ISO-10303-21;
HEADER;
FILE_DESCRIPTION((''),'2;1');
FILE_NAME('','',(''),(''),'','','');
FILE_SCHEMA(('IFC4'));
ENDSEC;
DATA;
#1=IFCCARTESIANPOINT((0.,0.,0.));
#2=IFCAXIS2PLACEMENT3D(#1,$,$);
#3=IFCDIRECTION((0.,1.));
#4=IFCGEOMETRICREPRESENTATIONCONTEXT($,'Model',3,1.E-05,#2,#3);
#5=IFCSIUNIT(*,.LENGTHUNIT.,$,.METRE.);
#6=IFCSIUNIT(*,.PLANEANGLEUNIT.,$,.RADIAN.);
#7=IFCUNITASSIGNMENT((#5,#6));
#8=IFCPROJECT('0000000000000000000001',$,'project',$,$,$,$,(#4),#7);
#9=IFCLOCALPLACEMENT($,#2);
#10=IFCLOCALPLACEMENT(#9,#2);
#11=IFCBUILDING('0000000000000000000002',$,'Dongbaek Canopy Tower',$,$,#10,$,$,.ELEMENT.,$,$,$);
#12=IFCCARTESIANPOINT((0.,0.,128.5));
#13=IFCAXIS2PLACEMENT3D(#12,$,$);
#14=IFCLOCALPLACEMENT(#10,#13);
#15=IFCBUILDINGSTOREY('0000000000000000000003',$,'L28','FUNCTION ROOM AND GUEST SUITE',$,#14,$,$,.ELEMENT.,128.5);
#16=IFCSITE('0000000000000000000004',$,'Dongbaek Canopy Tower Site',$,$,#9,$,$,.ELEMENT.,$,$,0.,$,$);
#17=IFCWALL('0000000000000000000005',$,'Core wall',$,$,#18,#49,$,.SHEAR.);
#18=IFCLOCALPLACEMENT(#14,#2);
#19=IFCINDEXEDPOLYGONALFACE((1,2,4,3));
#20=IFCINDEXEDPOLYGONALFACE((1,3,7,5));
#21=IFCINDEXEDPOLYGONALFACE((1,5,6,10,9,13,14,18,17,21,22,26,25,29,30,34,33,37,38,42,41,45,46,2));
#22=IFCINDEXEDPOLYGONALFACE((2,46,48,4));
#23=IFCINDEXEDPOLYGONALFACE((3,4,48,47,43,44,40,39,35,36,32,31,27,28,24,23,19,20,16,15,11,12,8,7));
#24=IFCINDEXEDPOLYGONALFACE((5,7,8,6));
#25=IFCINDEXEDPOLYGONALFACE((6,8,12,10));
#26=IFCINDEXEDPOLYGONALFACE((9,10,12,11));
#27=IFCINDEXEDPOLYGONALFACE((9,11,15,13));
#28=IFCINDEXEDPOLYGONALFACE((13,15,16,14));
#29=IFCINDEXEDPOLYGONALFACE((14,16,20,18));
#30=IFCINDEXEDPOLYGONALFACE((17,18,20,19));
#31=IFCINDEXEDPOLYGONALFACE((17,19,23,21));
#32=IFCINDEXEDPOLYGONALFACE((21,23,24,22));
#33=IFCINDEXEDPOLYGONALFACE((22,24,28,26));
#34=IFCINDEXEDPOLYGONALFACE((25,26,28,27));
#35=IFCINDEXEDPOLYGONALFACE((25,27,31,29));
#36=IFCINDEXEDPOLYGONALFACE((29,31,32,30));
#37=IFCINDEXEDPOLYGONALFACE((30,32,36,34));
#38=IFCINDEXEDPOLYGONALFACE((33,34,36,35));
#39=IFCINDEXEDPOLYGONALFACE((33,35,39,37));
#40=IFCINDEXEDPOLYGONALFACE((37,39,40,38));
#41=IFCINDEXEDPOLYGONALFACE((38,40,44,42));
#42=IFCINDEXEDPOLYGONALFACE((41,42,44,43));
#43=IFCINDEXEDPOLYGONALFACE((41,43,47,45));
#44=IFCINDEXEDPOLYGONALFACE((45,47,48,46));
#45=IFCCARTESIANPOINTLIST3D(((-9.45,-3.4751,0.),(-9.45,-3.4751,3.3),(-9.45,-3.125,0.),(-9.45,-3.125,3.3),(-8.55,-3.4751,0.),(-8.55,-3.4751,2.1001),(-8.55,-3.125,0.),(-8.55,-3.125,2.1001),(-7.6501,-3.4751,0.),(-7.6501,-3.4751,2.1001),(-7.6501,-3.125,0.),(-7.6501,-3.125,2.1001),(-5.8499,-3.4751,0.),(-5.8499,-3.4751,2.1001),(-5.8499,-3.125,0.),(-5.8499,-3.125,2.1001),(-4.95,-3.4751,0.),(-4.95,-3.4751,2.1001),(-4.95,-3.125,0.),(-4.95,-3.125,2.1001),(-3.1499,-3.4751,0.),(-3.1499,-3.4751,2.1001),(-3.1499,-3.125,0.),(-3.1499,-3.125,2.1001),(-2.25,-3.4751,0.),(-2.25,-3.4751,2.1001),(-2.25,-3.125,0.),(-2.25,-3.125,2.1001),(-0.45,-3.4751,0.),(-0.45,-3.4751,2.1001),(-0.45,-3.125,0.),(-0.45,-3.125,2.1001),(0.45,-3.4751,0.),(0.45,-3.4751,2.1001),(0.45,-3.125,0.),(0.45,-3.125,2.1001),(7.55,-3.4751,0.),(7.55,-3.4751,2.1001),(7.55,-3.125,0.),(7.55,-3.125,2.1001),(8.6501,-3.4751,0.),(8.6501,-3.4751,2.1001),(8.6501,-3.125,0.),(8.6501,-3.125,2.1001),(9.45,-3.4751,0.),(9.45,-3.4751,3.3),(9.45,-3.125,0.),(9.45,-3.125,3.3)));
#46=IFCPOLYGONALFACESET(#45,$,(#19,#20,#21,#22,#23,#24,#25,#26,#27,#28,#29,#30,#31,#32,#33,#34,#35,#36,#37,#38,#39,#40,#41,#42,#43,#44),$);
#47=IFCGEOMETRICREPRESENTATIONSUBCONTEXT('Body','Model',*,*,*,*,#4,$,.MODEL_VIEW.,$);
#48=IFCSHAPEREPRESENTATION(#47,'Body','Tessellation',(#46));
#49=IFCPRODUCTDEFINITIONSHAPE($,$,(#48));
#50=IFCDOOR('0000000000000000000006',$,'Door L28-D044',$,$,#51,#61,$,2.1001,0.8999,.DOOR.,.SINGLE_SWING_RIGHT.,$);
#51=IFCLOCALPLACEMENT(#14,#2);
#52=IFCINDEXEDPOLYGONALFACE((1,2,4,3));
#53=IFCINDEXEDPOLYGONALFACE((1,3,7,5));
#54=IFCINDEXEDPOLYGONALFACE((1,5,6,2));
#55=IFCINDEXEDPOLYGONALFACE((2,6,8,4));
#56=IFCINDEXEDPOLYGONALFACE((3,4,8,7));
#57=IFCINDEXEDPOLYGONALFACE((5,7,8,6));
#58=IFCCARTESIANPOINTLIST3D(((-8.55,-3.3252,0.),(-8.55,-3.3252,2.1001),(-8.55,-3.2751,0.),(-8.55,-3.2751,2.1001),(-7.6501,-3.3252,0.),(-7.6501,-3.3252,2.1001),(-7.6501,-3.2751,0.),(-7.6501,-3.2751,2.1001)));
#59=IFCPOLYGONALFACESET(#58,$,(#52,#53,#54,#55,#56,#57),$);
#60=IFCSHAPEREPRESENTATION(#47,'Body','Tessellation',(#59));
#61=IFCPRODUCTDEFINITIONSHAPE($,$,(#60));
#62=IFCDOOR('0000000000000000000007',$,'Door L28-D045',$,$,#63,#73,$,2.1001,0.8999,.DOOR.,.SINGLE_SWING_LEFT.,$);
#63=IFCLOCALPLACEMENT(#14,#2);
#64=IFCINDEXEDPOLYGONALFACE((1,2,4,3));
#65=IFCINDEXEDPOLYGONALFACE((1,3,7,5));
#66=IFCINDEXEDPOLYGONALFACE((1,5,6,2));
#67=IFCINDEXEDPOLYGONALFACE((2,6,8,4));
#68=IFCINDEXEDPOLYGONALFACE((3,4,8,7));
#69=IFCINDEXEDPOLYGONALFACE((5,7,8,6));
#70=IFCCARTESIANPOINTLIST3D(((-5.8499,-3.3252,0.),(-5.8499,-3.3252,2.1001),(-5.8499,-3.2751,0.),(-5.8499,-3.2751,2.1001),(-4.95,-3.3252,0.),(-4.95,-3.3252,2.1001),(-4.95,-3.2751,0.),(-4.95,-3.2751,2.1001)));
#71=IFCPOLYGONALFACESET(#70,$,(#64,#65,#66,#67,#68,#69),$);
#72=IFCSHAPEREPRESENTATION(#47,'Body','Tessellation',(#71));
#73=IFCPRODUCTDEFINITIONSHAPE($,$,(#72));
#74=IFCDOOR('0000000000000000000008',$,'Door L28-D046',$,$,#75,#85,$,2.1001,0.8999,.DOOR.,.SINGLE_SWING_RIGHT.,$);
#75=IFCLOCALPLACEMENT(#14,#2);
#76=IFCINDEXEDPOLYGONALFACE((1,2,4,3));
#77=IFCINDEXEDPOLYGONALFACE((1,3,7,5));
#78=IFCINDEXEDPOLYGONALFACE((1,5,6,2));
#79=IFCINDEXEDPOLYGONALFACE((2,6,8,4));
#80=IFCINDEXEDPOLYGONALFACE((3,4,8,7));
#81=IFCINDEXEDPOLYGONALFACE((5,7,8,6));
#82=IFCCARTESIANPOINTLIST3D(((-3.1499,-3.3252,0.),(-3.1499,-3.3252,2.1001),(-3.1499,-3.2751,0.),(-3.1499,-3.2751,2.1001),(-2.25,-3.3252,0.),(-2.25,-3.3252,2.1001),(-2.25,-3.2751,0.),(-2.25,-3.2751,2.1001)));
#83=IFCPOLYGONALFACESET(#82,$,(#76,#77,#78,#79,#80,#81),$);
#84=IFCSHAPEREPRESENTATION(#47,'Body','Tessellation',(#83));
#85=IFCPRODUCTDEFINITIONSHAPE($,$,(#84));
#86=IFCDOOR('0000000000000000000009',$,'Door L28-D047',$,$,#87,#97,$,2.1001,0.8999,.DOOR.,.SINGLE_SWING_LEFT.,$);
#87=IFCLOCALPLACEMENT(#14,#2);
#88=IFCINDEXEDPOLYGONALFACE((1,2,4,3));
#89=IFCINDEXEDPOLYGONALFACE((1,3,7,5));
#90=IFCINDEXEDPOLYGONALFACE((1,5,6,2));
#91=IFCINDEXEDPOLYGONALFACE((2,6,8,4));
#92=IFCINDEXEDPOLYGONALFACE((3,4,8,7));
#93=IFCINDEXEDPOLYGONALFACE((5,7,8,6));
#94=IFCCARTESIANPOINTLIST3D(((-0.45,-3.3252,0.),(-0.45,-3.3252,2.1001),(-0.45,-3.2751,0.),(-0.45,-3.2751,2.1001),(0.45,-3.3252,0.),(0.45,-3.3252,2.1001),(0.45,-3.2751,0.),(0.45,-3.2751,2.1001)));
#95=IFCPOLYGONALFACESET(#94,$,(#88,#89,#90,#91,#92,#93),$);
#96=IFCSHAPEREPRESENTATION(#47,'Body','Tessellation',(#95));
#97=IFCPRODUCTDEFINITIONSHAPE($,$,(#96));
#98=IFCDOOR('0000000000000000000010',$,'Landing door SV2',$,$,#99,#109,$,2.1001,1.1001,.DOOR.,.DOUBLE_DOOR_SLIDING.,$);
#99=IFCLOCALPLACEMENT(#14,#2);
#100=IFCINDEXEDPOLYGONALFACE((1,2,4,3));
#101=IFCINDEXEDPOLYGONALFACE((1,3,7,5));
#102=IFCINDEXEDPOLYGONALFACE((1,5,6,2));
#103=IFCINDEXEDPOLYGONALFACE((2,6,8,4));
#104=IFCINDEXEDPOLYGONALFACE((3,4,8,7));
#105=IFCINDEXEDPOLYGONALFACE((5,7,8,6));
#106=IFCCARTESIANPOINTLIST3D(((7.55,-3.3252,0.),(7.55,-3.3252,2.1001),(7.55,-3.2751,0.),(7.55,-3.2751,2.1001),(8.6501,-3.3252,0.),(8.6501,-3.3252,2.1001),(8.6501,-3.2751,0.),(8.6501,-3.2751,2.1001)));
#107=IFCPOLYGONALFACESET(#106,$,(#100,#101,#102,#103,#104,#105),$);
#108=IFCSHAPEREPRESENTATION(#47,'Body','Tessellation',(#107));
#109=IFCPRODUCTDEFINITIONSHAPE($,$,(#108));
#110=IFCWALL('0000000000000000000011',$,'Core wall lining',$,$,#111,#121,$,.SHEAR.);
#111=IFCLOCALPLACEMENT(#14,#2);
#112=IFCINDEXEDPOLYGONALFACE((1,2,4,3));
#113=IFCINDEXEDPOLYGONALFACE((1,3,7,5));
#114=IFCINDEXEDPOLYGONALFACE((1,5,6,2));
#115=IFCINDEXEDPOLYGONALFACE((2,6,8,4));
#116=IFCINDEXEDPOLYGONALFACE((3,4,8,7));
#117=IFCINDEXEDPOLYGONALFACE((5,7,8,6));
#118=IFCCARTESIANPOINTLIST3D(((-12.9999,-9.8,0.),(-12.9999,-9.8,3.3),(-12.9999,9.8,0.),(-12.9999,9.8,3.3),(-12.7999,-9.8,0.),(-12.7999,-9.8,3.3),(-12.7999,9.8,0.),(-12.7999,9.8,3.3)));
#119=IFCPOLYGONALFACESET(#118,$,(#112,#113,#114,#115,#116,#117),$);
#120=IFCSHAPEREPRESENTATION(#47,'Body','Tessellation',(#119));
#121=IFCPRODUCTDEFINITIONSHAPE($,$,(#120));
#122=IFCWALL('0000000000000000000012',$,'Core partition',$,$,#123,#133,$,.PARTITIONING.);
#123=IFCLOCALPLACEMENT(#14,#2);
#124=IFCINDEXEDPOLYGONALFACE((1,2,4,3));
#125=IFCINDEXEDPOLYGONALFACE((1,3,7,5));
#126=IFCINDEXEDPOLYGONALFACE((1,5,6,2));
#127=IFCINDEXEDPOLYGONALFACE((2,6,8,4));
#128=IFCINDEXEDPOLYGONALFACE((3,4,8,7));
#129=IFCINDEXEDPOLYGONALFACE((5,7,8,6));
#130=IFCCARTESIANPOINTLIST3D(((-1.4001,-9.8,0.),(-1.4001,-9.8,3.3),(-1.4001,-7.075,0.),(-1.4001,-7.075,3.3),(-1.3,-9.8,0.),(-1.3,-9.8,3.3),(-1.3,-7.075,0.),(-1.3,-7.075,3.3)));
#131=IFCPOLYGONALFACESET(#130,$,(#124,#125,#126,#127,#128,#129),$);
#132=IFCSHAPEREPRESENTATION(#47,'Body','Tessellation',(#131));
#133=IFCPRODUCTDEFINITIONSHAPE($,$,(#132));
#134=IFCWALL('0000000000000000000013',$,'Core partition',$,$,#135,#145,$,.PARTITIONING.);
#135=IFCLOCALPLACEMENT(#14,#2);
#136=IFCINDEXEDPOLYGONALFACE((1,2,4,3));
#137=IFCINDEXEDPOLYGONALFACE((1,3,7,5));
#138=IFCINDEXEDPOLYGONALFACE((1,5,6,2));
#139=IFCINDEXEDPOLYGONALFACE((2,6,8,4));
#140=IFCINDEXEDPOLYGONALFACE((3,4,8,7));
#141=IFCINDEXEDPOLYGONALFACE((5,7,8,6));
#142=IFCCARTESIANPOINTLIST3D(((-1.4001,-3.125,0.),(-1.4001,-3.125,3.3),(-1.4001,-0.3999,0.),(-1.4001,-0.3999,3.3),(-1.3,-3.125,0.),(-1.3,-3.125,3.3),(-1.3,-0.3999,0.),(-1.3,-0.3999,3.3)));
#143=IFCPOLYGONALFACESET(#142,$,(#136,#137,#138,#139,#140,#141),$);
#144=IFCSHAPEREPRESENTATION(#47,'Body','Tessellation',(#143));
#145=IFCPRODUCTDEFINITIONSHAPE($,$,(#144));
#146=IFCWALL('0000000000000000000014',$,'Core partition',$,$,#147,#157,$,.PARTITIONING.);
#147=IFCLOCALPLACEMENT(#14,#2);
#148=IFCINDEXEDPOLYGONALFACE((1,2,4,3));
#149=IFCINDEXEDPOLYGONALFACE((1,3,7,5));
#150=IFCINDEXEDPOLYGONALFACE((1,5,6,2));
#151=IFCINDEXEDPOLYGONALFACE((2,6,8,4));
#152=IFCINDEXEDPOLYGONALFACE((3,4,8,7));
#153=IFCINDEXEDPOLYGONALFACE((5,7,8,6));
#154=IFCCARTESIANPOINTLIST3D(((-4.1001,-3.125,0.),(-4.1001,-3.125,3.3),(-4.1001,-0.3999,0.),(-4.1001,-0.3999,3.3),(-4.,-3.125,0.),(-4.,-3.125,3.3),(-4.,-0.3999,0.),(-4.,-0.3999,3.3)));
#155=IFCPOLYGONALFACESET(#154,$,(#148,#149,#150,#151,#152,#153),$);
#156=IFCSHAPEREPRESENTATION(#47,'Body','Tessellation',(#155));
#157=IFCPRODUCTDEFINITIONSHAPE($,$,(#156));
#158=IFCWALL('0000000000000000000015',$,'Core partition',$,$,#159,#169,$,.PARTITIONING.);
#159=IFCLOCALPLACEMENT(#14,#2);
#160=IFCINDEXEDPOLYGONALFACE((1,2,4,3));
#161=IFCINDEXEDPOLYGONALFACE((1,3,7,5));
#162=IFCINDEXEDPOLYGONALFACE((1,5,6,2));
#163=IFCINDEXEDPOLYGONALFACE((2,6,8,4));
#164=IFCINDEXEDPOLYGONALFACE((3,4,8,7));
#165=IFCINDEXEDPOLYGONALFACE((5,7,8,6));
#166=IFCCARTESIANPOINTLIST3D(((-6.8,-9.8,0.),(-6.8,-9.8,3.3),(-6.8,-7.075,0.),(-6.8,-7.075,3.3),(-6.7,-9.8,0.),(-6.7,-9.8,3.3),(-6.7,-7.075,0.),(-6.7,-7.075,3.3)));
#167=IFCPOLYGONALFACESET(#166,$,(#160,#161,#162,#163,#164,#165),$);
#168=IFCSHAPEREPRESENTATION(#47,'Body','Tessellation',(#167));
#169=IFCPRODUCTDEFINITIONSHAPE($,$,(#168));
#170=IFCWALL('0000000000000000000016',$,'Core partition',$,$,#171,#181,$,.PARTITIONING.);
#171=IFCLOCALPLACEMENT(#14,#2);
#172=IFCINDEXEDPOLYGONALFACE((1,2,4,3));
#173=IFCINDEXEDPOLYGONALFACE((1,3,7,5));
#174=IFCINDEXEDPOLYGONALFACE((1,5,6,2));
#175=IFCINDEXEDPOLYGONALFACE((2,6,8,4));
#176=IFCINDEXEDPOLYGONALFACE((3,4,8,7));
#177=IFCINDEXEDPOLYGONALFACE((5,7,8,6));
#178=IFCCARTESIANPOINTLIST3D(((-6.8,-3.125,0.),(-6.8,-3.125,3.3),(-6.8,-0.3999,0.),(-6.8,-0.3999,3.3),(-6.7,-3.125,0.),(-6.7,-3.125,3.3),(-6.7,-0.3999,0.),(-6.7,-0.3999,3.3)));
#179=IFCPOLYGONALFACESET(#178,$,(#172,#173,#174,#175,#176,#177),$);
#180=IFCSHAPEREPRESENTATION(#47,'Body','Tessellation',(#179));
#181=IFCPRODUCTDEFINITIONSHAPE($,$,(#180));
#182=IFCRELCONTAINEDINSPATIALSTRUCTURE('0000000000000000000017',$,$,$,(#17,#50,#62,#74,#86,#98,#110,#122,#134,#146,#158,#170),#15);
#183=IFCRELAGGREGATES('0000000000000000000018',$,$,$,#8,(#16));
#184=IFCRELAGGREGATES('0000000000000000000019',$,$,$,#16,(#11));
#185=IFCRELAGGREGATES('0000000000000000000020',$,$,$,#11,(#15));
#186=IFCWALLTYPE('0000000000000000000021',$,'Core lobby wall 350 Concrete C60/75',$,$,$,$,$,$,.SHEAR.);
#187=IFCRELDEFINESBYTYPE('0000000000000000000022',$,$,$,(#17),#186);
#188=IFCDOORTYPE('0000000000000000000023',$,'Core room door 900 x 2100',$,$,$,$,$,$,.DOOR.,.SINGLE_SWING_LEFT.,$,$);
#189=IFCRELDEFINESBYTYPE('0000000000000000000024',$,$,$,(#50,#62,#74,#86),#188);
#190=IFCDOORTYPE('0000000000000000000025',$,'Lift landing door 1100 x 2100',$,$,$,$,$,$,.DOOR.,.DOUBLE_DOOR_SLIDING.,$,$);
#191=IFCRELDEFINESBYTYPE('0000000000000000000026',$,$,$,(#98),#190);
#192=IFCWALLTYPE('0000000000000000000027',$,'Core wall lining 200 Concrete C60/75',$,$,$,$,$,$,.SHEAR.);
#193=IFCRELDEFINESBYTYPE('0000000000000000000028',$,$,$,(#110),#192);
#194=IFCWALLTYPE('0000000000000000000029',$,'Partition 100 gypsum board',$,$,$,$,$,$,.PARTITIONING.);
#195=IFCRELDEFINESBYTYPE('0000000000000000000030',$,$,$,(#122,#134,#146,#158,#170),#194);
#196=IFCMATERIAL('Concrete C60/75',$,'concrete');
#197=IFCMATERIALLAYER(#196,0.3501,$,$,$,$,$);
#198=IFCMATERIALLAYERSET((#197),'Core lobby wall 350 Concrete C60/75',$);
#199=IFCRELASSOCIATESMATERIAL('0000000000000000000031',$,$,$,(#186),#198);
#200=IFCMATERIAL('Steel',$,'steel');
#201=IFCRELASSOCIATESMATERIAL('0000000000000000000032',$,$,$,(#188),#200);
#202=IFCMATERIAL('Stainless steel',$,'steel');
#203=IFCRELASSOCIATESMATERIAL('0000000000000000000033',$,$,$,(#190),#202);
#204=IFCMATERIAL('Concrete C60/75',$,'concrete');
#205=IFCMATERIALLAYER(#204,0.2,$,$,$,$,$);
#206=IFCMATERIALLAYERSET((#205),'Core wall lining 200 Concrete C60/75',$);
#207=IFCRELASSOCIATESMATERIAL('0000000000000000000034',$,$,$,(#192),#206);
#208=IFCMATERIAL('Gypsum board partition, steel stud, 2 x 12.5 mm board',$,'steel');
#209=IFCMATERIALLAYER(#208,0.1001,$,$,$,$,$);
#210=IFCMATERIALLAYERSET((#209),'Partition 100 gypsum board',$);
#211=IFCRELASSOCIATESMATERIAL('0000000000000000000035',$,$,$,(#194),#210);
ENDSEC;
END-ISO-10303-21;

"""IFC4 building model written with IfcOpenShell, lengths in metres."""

from ifc_helpers import new_model, si_unit, direction, frame, frame_2d, origin, place, context, subcontext, project, spatial, rectangle, extrude, material, layer, layer_set, type_object, element, fill, save


model = new_model("IFC4")

# Units and contexts
model_context = context("Model", 3, precision=1e-05, world=origin(), true_north=direction((0.0, 1.0)))
body_context = subcontext(model_context, "Body", "Model", "MODEL_VIEW")
ifc_project = project(units=[si_unit("LENGTHUNIT", "METRE"), si_unit("PLANEANGLEUNIT", "RADIAN")], contexts=[model_context])

# Site, building, storey
site_placement = place(None, origin())
site = spatial("IfcSite", under=ifc_project, at=site_placement, Name="Dongbaek Canopy Tower Site", CompositionType="ELEMENT", RefElevation=0.0)
building_placement = place(site_placement, origin())
building = spatial("IfcBuilding", under=site, at=building_placement, Name="Dongbaek Canopy Tower", CompositionType="ELEMENT")
storey_placement = place(building_placement, frame((0.0, 0.0, 128.5)))
storey = spatial("IfcBuildingStorey", under=building, at=storey_placement, Name="L28", Description="FUNCTION ROOM AND GUEST SUITE", CompositionType="ELEMENT", Elevation=128.5)

# Wall, openings, doors
ifc_material_1 = material(Name="Concrete C60/75", Category="concrete")
ifc_layer_1 = layer(ifc_material_1, 0.3501)
ifc_layer_set_1 = layer_set([ifc_layer_1], Name="Core lobby wall 350 Concrete C60/75")
wall_type_1 = type_object("IfcWallType", Name="Core lobby wall 350 Concrete C60/75", PredefinedType="SHEAR", material=ifc_layer_set_1)
wall_1_placement = place(storey_placement, frame((-9.45, -3.3, 0.0), z_axis=(0.0, 0.0, 1.0), x_axis=(1.0, 0.0, 0.0)))
wall_1 = element("IfcWall", 1, at=wall_1_placement, inside=storey, type_object=wall_type_1, Name="Core wall", PredefinedType="SHEAR", context=body_context, shape_type="SweptSolid", body=[
    extrude(rectangle(XDim=18.8999, YDim=0.3501, at=frame_2d((9.45, 0.0))), origin(), (0.0, 0.0, 1.0), 3.3),
])
opening_1_placement = place(wall_1_placement, frame((17.0, 0.0, 0.0)))
opening_1 = element("IfcOpeningElement", 2, at=opening_1_placement, cuts=wall_1, PredefinedType="OPENING", context=body_context, shape_type="SweptSolid", body=[
    extrude(rectangle(XDim=1.1001, YDim=2.1001, at=frame_2d((0.55, 1.05))), frame((0.0, 0.1851, 0.0), z_axis=(0.0, -1.0, 0.0), x_axis=(1.0, 0.0, 0.0)), (0.0, 0.0, 1.0), 0.3701),
])
opening_2_placement = place(wall_1_placement, frame((0.8999, 0.0, 0.0)))
opening_2 = element("IfcOpeningElement", 3, at=opening_2_placement, cuts=wall_1, PredefinedType="OPENING", context=body_context, shape_type="SweptSolid", body=[
    extrude(rectangle(XDim=0.8999, YDim=2.1001, at=frame_2d((0.45, 1.05))), frame((0.0, 0.1851, 0.0), z_axis=(0.0, -1.0, 0.0), x_axis=(1.0, 0.0, 0.0)), (0.0, 0.0, 1.0), 0.3701),
])
opening_3_placement = place(wall_1_placement, frame((3.6001, 0.0, 0.0)))
opening_3 = element("IfcOpeningElement", 4, at=opening_3_placement, cuts=wall_1, PredefinedType="OPENING", context=body_context, shape_type="SweptSolid", body=[
    extrude(rectangle(XDim=0.8999, YDim=2.1001, at=frame_2d((0.45, 1.05))), frame((0.0, 0.1851, 0.0), z_axis=(0.0, -1.0, 0.0), x_axis=(1.0, 0.0, 0.0)), (0.0, 0.0, 1.0), 0.3701),
])
opening_4_placement = place(wall_1_placement, frame((6.3, 0.0, 0.0)))
opening_4 = element("IfcOpeningElement", 5, at=opening_4_placement, cuts=wall_1, PredefinedType="OPENING", context=body_context, shape_type="SweptSolid", body=[
    extrude(rectangle(XDim=0.8999, YDim=2.1001, at=frame_2d((0.45, 1.05))), frame((0.0, 0.1851, 0.0), z_axis=(0.0, -1.0, 0.0), x_axis=(1.0, 0.0, 0.0)), (0.0, 0.0, 1.0), 0.3701),
])
opening_5_placement = place(wall_1_placement, frame((9.0, 0.0, 0.0)))
opening_5 = element("IfcOpeningElement", 6, at=opening_5_placement, cuts=wall_1, PredefinedType="OPENING", context=body_context, shape_type="SweptSolid", body=[
    extrude(rectangle(XDim=0.8999, YDim=2.1001, at=frame_2d((0.45, 1.05))), frame((0.0, 0.1851, 0.0), z_axis=(0.0, -1.0, 0.0), x_axis=(1.0, 0.0, 0.0)), (0.0, 0.0, 1.0), 0.3701),
])
ifc_material_2 = material(Name="Steel", Category="steel")
door_type_1 = type_object("IfcDoorType", Name="Core room door 900 x 2100", OperationType="SINGLE_SWING_LEFT", PredefinedType="DOOR", material=ifc_material_2)
door_1_placement = place(opening_2_placement, origin())
door_1 = element("IfcDoor", 7, at=door_1_placement, inside=storey, type_object=door_type_1, Name="Door L28-D044", OperationType="SINGLE_SWING_RIGHT", OverallHeight=2.1001, OverallWidth=0.8999, PredefinedType="DOOR", context=body_context, shape_type="SweptSolid", body=[
    extrude(rectangle(XDim=0.8999, YDim=2.1001, at=frame_2d((0.45, 1.05))), frame((0.0, 0.0249, 0.0), z_axis=(0.0, -1.0, 0.0), x_axis=(1.0, 0.0, 0.0)), (0.0, 0.0, 1.0), 0.05),
])
fill(opening_2, door_1)
door_2_placement = place(opening_3_placement, origin())
door_2 = element("IfcDoor", 8, at=door_2_placement, inside=storey, type_object=door_type_1, Name="Door L28-D045", OperationType="SINGLE_SWING_LEFT", OverallHeight=2.1001, OverallWidth=0.8999, PredefinedType="DOOR", context=body_context, shape_type="SweptSolid", body=[
    extrude(rectangle(XDim=0.8999, YDim=2.1001, at=frame_2d((0.45, 1.05))), frame((0.0, 0.0249, 0.0), z_axis=(0.0, -1.0, 0.0), x_axis=(1.0, 0.0, 0.0)), (0.0, 0.0, 1.0), 0.05),
])
fill(opening_3, door_2)
door_3_placement = place(opening_4_placement, origin())
door_3 = element("IfcDoor", 9, at=door_3_placement, inside=storey, type_object=door_type_1, Name="Door L28-D046", OperationType="SINGLE_SWING_RIGHT", OverallHeight=2.1001, OverallWidth=0.8999, PredefinedType="DOOR", context=body_context, shape_type="SweptSolid", body=[
    extrude(rectangle(XDim=0.8999, YDim=2.1001, at=frame_2d((0.45, 1.05))), frame((0.0, 0.0249, 0.0), z_axis=(0.0, -1.0, 0.0), x_axis=(1.0, 0.0, 0.0)), (0.0, 0.0, 1.0), 0.05),
])
fill(opening_4, door_3)
door_4_placement = place(opening_5_placement, origin())
door_4 = element("IfcDoor", 10, at=door_4_placement, inside=storey, type_object=door_type_1, Name="Door L28-D047", OperationType="SINGLE_SWING_LEFT", OverallHeight=2.1001, OverallWidth=0.8999, PredefinedType="DOOR", context=body_context, shape_type="SweptSolid", body=[
    extrude(rectangle(XDim=0.8999, YDim=2.1001, at=frame_2d((0.45, 1.05))), frame((0.0, 0.0249, 0.0), z_axis=(0.0, -1.0, 0.0), x_axis=(1.0, 0.0, 0.0)), (0.0, 0.0, 1.0), 0.05),
])
fill(opening_5, door_4)
ifc_material_3 = material(Name="Stainless steel", Category="steel")
door_type_2 = type_object("IfcDoorType", Name="Lift landing door 1100 x 2100", OperationType="DOUBLE_DOOR_SLIDING", PredefinedType="DOOR", material=ifc_material_3)
door_5_placement = place(opening_1_placement, origin())
door_5 = element("IfcDoor", 11, at=door_5_placement, inside=storey, type_object=door_type_2, Name="Landing door SV2", OperationType="DOUBLE_DOOR_SLIDING", OverallHeight=2.1001, OverallWidth=1.1001, PredefinedType="DOOR", context=body_context, shape_type="SweptSolid", body=[
    extrude(rectangle(XDim=1.1001, YDim=2.1001, at=frame_2d((0.55, 1.05))), frame((0.0, 0.0249, 0.0), z_axis=(0.0, -1.0, 0.0), x_axis=(1.0, 0.0, 0.0)), (0.0, 0.0, 1.0), 0.05),
])
fill(opening_1, door_5)

# Walls
ifc_material_4 = material(Name="Concrete C60/75", Category="concrete")
ifc_layer_2 = layer(ifc_material_4, 0.2)
ifc_layer_set_2 = layer_set([ifc_layer_2], Name="Core wall lining 200 Concrete C60/75")
wall_type_2 = type_object("IfcWallType", Name="Core wall lining 200 Concrete C60/75", PredefinedType="SHEAR", material=ifc_layer_set_2)
wall_2_placement = place(storey_placement, frame((-12.8999, -9.8, 0.0), z_axis=(0.0, 0.0, 1.0), x_axis=(0.0, 1.0, 0.0)))
element("IfcWall", 12, at=wall_2_placement, inside=storey, type_object=wall_type_2, Name="Core wall lining", PredefinedType="SHEAR", context=body_context, shape_type="SweptSolid", body=[
    extrude(rectangle(XDim=19.6001, YDim=0.2, at=frame_2d((9.8, 0.0))), origin(), (0.0, 0.0, 1.0), 3.3),
])
ifc_material_5 = material(Name="Gypsum board partition, steel stud, 2 x 12.5 mm board", Category="steel")
ifc_layer_3 = layer(ifc_material_5, 0.1001)
ifc_layer_set_3 = layer_set([ifc_layer_3], Name="Partition 100 gypsum board")
wall_type_3 = type_object("IfcWallType", Name="Partition 100 gypsum board", PredefinedType="PARTITIONING", material=ifc_layer_set_3)
for number, where, z_axis, x_axis, name in (
    (13, (-1.3501, -9.8, 0.0), (0.0, 0.0, 1.0), (0.0, 1.0, 0.0), "Core partition"),
    (14, (-1.3501, -3.125, 0.0), (0.0, 0.0, 1.0), (0.0, 1.0, 0.0), "Core partition"),
    (15, (-4.05, -3.125, 0.0), (0.0, 0.0, 1.0), (0.0, 1.0, 0.0), "Core partition"),
    (16, (-6.75, -9.8, 0.0), (0.0, 0.0, 1.0), (0.0, 1.0, 0.0), "Core partition"),
    (17, (-6.75, -3.125, 0.0), (0.0, 0.0, 1.0), (0.0, 1.0, 0.0), "Core partition"),
):
    element("IfcWall", number, at=place(storey_placement, frame(where, z_axis=z_axis, x_axis=x_axis)), inside=storey, type_object=wall_type_3, Name=name, PredefinedType="PARTITIONING", context=body_context, shape_type="SweptSolid", body=[
        extrude(rectangle(XDim=2.7251, YDim=0.1001, at=frame_2d((1.3625, 0.0))), origin(), (0.0, 0.0, 1.0), 3.3),
    ])

save(model, "model.ifc")
